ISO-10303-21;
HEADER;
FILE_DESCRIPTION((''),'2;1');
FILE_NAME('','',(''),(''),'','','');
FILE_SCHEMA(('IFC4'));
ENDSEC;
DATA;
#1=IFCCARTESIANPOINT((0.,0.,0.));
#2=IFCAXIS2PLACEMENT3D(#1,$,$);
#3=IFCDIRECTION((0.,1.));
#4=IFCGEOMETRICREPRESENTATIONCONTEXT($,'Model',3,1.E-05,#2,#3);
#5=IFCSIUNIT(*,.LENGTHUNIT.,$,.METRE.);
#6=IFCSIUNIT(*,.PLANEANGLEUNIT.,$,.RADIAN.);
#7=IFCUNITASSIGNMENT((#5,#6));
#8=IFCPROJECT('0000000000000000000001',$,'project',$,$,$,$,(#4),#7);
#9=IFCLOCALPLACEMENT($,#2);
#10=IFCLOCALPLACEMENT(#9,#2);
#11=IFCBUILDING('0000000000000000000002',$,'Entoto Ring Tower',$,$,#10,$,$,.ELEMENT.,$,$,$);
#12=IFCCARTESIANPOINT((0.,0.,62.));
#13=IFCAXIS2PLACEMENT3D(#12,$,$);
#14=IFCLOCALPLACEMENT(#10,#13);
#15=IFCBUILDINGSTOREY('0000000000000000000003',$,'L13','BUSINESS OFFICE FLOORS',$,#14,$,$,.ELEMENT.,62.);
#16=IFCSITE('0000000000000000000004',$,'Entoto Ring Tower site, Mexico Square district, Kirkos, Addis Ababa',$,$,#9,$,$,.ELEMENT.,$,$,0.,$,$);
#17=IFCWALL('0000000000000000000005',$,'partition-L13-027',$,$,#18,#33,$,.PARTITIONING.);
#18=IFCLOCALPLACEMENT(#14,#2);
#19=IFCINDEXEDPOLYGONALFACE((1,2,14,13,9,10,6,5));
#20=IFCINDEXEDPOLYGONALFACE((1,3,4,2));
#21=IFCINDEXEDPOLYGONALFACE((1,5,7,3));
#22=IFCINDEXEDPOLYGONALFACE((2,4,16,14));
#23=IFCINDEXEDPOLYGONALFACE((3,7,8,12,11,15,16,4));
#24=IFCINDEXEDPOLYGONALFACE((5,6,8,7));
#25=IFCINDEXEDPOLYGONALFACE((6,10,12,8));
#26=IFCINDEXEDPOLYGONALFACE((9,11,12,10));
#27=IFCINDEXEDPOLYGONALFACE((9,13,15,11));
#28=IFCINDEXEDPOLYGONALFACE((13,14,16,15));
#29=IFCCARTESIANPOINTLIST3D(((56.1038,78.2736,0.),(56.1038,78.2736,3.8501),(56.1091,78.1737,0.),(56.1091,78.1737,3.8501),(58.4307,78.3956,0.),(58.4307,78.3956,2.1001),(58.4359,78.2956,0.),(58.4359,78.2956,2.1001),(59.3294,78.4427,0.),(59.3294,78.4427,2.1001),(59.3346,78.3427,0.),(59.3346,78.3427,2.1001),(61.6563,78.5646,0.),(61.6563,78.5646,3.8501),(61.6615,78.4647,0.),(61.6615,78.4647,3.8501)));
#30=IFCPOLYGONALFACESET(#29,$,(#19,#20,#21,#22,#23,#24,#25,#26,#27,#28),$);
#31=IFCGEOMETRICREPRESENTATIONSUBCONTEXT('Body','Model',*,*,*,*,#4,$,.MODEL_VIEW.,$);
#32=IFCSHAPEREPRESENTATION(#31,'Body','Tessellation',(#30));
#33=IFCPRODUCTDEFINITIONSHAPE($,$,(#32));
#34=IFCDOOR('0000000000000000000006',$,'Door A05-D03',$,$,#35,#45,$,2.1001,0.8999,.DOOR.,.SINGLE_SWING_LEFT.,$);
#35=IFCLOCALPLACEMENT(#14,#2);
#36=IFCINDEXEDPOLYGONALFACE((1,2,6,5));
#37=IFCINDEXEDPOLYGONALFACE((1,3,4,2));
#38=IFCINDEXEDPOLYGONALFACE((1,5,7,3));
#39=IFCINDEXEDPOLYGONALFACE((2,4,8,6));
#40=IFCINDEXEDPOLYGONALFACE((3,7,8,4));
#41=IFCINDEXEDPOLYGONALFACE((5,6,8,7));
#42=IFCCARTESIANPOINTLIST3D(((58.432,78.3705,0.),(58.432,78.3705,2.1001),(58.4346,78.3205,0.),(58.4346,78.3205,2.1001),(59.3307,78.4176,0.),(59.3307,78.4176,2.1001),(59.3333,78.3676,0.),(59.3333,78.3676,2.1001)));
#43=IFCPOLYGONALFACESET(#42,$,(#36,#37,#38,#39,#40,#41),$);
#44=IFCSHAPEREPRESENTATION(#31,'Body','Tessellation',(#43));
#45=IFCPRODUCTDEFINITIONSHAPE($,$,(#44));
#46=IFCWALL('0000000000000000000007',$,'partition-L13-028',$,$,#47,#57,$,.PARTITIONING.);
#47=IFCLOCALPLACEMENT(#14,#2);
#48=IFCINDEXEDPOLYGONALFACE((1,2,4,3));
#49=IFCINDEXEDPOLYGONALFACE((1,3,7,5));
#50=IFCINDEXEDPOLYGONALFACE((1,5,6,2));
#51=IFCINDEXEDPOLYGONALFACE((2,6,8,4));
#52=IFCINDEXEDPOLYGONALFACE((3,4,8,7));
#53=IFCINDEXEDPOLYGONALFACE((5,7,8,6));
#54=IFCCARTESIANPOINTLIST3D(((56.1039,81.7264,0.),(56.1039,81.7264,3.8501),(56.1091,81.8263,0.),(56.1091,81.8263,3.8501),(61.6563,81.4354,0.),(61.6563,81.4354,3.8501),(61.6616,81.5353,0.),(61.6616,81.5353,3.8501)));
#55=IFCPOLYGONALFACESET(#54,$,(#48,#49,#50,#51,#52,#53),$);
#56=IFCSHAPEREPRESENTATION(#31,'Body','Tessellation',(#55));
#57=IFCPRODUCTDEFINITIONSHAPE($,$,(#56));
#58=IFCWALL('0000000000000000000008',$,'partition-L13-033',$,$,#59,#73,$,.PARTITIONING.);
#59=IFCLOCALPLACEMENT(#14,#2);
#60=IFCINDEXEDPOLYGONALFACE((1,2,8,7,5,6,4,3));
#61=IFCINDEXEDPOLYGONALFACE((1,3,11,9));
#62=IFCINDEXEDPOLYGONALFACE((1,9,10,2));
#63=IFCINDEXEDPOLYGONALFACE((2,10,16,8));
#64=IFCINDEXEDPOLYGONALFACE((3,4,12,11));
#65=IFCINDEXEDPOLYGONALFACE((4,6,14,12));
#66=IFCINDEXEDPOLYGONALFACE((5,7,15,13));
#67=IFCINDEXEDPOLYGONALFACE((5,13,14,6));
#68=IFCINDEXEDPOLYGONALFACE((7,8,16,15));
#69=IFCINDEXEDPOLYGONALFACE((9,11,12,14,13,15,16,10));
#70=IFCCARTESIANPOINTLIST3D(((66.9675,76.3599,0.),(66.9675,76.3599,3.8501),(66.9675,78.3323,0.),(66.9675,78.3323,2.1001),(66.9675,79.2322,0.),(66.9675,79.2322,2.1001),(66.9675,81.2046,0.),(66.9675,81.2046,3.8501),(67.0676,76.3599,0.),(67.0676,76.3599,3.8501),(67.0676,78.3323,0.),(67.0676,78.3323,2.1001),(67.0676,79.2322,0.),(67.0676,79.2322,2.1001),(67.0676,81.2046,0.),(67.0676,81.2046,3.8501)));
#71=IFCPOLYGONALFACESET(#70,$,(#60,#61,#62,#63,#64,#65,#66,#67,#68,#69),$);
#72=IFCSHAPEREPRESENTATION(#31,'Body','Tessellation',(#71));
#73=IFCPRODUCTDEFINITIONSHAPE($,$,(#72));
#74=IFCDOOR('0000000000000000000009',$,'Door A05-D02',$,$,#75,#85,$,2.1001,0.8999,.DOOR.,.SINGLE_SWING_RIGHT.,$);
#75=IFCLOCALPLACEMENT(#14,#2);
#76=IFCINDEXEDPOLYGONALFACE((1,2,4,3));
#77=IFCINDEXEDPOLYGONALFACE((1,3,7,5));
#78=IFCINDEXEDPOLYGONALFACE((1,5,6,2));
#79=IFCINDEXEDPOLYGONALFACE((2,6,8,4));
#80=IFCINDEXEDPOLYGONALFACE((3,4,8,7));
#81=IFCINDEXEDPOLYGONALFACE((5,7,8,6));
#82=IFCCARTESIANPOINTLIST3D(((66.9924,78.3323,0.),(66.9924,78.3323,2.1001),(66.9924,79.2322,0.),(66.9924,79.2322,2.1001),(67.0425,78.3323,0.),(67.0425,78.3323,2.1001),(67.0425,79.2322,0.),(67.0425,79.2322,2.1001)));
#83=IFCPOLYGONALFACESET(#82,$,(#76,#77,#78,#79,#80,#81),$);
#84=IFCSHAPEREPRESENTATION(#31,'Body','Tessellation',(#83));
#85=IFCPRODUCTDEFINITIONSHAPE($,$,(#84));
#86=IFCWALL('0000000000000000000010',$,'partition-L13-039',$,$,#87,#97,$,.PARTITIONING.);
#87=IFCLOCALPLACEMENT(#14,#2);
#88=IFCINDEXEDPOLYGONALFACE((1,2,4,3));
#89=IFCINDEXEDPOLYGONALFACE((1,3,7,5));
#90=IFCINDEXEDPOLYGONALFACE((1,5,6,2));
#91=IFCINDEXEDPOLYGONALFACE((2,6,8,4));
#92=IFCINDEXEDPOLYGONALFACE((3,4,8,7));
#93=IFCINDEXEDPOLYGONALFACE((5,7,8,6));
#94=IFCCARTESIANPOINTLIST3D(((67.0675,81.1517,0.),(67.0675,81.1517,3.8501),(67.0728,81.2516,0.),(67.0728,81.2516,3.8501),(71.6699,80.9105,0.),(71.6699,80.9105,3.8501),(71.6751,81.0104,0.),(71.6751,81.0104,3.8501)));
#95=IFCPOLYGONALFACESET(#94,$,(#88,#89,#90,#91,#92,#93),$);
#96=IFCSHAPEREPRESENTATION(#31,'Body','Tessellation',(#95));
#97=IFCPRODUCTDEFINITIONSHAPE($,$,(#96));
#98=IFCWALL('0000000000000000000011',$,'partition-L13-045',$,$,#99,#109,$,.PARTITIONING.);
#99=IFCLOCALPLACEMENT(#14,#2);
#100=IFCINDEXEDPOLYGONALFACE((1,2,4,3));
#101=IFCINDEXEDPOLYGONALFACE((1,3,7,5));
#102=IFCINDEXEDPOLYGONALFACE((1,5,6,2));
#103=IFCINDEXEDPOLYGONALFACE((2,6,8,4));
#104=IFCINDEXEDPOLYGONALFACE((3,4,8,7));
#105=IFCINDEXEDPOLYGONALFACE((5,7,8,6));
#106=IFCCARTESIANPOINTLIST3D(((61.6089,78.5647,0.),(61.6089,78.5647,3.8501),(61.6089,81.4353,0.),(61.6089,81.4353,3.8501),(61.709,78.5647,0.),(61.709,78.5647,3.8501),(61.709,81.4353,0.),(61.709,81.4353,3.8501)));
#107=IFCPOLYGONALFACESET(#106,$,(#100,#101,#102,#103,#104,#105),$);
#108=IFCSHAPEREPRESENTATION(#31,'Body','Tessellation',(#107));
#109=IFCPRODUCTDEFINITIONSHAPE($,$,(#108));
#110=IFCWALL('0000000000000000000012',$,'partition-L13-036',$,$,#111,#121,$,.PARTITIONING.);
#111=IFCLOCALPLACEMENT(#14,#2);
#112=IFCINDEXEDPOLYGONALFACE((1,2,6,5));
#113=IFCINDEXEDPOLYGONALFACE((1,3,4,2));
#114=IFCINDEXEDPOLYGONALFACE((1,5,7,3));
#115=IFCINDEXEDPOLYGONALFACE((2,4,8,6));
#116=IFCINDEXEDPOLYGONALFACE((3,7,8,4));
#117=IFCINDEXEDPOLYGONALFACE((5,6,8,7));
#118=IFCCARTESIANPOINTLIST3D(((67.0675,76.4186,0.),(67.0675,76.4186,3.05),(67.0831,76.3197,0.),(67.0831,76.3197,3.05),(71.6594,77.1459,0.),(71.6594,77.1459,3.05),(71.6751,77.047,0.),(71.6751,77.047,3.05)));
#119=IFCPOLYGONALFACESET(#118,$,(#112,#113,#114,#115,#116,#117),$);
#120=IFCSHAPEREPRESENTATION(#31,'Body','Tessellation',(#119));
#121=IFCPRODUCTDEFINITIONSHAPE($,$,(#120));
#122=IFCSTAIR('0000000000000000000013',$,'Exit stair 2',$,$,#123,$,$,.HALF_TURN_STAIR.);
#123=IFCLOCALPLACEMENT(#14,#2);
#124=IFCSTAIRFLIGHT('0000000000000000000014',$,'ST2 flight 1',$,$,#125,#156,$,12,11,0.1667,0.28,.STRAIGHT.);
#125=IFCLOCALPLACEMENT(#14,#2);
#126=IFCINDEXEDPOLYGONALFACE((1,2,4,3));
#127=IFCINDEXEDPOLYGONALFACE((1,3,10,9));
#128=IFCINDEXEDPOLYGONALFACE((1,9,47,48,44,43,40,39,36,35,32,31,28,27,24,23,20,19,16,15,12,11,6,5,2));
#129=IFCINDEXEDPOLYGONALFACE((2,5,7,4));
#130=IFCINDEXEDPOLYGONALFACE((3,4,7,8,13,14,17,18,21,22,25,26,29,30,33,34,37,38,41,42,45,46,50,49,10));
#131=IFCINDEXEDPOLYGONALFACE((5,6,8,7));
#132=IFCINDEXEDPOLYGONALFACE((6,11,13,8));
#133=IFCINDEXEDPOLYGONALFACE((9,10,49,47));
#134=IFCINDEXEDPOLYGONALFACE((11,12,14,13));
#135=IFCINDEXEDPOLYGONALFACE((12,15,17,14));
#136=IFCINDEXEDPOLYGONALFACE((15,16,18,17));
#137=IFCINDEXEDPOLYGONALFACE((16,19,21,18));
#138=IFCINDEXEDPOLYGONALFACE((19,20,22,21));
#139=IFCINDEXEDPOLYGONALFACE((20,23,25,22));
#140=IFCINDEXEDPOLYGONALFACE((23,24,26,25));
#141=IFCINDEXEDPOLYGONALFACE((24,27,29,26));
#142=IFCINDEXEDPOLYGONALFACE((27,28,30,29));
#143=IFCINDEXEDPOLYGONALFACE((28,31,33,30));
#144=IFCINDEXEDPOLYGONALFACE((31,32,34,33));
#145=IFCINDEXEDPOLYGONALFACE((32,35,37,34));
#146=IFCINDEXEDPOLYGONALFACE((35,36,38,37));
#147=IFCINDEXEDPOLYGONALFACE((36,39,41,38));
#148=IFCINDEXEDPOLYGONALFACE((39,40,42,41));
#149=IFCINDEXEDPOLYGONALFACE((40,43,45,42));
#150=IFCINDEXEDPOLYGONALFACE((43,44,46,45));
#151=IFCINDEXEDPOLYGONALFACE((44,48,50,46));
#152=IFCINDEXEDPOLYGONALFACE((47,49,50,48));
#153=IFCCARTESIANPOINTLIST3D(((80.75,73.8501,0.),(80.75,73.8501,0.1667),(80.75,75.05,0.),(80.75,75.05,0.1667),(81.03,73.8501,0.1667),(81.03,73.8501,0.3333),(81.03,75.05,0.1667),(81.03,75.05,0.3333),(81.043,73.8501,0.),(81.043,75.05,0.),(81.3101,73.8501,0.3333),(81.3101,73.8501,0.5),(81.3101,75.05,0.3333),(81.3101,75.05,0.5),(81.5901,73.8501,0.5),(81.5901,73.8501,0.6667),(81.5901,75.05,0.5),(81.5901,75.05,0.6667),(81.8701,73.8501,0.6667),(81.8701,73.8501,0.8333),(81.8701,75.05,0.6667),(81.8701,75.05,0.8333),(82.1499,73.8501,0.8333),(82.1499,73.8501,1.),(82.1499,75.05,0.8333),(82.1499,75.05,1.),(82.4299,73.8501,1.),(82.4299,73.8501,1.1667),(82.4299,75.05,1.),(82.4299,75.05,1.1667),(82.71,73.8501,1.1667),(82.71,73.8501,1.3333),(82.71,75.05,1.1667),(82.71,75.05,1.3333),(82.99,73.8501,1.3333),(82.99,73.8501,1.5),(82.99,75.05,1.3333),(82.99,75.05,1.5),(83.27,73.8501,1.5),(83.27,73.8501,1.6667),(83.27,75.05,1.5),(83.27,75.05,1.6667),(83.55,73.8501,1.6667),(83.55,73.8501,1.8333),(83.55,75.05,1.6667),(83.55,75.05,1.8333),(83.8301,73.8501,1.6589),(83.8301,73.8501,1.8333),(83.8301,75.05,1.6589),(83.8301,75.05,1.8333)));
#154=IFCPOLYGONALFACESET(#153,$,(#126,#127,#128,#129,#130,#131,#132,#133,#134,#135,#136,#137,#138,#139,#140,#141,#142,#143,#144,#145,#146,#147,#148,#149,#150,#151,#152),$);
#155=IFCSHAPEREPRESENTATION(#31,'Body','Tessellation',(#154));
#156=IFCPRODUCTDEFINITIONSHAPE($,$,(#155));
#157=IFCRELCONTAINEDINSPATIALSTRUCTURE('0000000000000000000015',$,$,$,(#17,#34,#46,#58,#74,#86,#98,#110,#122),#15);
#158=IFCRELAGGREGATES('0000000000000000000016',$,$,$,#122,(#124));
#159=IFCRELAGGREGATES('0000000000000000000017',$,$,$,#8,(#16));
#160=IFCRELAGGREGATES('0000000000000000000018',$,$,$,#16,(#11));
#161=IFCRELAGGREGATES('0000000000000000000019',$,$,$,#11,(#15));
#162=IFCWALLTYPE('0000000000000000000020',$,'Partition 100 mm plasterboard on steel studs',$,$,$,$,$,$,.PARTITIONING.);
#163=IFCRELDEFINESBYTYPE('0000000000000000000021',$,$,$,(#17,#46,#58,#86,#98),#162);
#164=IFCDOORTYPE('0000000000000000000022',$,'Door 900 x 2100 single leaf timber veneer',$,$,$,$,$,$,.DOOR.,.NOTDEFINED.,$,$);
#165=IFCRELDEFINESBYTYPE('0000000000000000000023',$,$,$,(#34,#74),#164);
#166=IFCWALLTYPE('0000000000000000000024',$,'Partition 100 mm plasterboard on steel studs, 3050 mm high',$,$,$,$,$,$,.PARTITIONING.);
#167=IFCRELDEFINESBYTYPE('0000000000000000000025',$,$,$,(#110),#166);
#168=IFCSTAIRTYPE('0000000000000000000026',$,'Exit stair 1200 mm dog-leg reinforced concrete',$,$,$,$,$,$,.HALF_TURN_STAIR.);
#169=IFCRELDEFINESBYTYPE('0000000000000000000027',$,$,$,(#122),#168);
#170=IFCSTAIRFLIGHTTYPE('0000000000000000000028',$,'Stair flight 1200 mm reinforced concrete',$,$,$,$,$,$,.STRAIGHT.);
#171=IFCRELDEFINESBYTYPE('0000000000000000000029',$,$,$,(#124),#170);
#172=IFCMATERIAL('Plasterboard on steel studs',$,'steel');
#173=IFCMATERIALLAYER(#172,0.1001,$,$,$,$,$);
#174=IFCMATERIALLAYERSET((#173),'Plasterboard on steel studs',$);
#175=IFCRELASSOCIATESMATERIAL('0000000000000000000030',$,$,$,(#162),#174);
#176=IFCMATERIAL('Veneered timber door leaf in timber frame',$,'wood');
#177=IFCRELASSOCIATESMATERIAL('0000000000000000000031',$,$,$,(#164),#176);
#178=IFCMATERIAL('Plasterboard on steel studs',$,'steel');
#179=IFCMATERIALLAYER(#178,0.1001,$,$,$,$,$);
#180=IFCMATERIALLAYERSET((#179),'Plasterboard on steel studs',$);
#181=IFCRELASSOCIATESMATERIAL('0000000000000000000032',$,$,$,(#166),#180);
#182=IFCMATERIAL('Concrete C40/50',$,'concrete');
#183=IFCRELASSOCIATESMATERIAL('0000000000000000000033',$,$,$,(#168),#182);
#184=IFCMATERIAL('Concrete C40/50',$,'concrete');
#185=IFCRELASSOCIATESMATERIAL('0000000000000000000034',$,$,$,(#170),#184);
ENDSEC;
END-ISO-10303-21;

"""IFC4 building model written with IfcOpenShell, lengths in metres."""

from ifc_helpers import new_model, si_unit, direction, frame, frame_2d, origin, place, context, subcontext, project, spatial, polyline, rectangle, outline, extrude, material, layer, layer_set, type_object, element, fill, aggregate, save


model = new_model("IFC4")

# Units and contexts
model_context = context("Model", 3, precision=1e-05, world=origin(), true_north=direction((0.0, 1.0)))
body_context = subcontext(model_context, "Body", "Model", "MODEL_VIEW")
ifc_project = project(units=[si_unit("LENGTHUNIT", "METRE"), si_unit("PLANEANGLEUNIT", "RADIAN")], contexts=[model_context])

# Site, building, storey
site_placement = place(None, origin())
site = spatial("IfcSite", under=ifc_project, at=site_placement, Name="Entoto Ring Tower site, Mexico Square district, Kirkos, Addis Ababa", CompositionType="ELEMENT", RefElevation=0.0)
building_placement = place(site_placement, origin())
building = spatial("IfcBuilding", under=site, at=building_placement, Name="Entoto Ring Tower", CompositionType="ELEMENT")
storey_placement = place(building_placement, frame((0.0, 0.0, 62.0)))
storey = spatial("IfcBuildingStorey", under=building, at=storey_placement, Name="L13", Description="BUSINESS OFFICE FLOORS", CompositionType="ELEMENT", Elevation=62.0)

# Wall, opening, door
ifc_material_1 = material(Name="Plasterboard on steel studs", Category="steel")
ifc_layer_1 = layer(ifc_material_1, 0.1001)
ifc_layer_set_1 = layer_set([ifc_layer_1], Name="Plasterboard on steel studs")
wall_type_1 = type_object("IfcWallType", Name="Partition 100 mm plasterboard on steel studs", PredefinedType="PARTITIONING", material=ifc_layer_set_1)
wall_1_placement = place(storey_placement, frame((56.1064, 78.2236, 0.0), z_axis=(0.0, 0.0, 1.0), x_axis=(0.998629, 0.05234, 0.0)))
wall_1 = element("IfcWall", 1, at=wall_1_placement, inside=storey, type_object=wall_type_1, Name="partition-L13-027", PredefinedType="PARTITIONING", context=body_context, shape_type="SweptSolid", body=[
    extrude(rectangle(XDim=5.5601, YDim=0.1001, at=frame_2d((2.78, 0.0))), origin(), (0.0, 0.0, 1.0), 3.8501),
])
opening_1_placement = place(wall_1_placement, frame((2.3301, 0.0, 0.0)))
opening_1 = element("IfcOpeningElement", 2, at=opening_1_placement, cuts=wall_1, PredefinedType="OPENING", context=body_context, shape_type="SweptSolid", body=[
    extrude(rectangle(XDim=0.8999, YDim=2.1001, at=frame_2d((0.45, 1.05))), frame((0.0, 0.0601, 0.0), z_axis=(0.0, -1.0, 0.0), x_axis=(1.0, 0.0, 0.0)), (0.0, 0.0, 1.0), 0.1201),
])
ifc_material_2 = material(Name="Veneered timber door leaf in timber frame", Category="wood")
door_type_1 = type_object("IfcDoorType", Name="Door 900 x 2100 single leaf timber veneer", OperationType="NOTDEFINED", PredefinedType="DOOR", material=ifc_material_2)
door_1_placement = place(opening_1_placement, origin())
door_1 = element("IfcDoor", 3, at=door_1_placement, inside=storey, type_object=door_type_1, Name="Door A05-D03", OperationType="SINGLE_SWING_LEFT", OverallHeight=2.1001, OverallWidth=0.8999, PredefinedType="DOOR", context=body_context, shape_type="SweptSolid", body=[
    extrude(rectangle(XDim=0.8999, YDim=2.1001, at=frame_2d((0.45, 1.05))), frame((0.0, 0.0249, 0.0), z_axis=(0.0, -1.0, 0.0), x_axis=(1.0, 0.0, 0.0)), (0.0, 0.0, 1.0), 0.05),
])
fill(opening_1, door_1)

# Wall
wall_2_placement = place(storey_placement, frame((61.6589, 81.4854, 0.0), z_axis=(0.0, 0.0, 1.0), x_axis=(-0.998629, 0.05234, 0.0)))
element("IfcWall", 4, at=wall_2_placement, inside=storey, type_object=wall_type_1, Name="partition-L13-028", PredefinedType="PARTITIONING", context=body_context, shape_type="SweptSolid", body=[
    extrude(rectangle(XDim=5.5601, YDim=0.1001, at=frame_2d((2.78, 0.0))), origin(), (0.0, 0.0, 1.0), 3.8501),
])

# Wall, opening, door
wall_3_placement = place(storey_placement, frame((67.0176, 76.3599, 0.0), z_axis=(0.0, 0.0, 1.0), x_axis=(0.0, 1.0, 0.0)))
wall_3 = element("IfcWall", 5, at=wall_3_placement, inside=storey, type_object=wall_type_1, Name="partition-L13-033", PredefinedType="PARTITIONING", context=body_context, shape_type="SweptSolid", body=[
    extrude(rectangle(XDim=4.8447, YDim=0.1001, at=frame_2d((2.4224, 0.0))), origin(), (0.0, 0.0, 1.0), 3.8501),
])
opening_2_placement = place(wall_3_placement, frame((1.9724, 0.0, 0.0)))
opening_2 = element("IfcOpeningElement", 6, at=opening_2_placement, cuts=wall_3, PredefinedType="OPENING", context=body_context, shape_type="SweptSolid", body=[
    extrude(rectangle(XDim=0.8999, YDim=2.1001, at=frame_2d((0.45, 1.05))), frame((0.0, 0.0601, 0.0), z_axis=(0.0, -1.0, 0.0), x_axis=(1.0, 0.0, 0.0)), (0.0, 0.0, 1.0), 0.1201),
])
door_2_placement = place(opening_2_placement, frame((0.8999, 0.0, 0.0), z_axis=(0.0, 0.0, 1.0), x_axis=(-1.0, 0.0, 0.0)))
door_2 = element("IfcDoor", 7, at=door_2_placement, inside=storey, type_object=door_type_1, Name="Door A05-D02", OperationType="SINGLE_SWING_RIGHT", OverallHeight=2.1001, OverallWidth=0.8999, PredefinedType="DOOR", context=body_context, shape_type="SweptSolid", body=[
    extrude(rectangle(XDim=0.8999, YDim=2.1001, at=frame_2d((0.45, 1.05))), frame((0.0, 0.0249, 0.0), z_axis=(0.0, -1.0, 0.0), x_axis=(1.0, 0.0, 0.0)), (0.0, 0.0, 1.0), 0.05),
])
fill(opening_2, door_2)

# Walls
wall_4_placement = place(storey_placement, frame((71.6724, 80.9604, 0.0), z_axis=(0.0, 0.0, 1.0), x_axis=(-0.998629, 0.052339, 0.0)))
element("IfcWall", 8, at=wall_4_placement, inside=storey, type_object=wall_type_1, Name="partition-L13-039", PredefinedType="PARTITIONING", context=body_context, shape_type="SweptSolid", body=[
    extrude(rectangle(XDim=4.6086, YDim=0.1001, at=frame_2d((2.3042, 0.0))), origin(), (0.0, 0.0, 1.0), 3.8501),
])
wall_5_placement = place(storey_placement, frame((61.6589, 78.5647, 0.0), z_axis=(0.0, 0.0, 1.0), x_axis=(0.0, 1.0, 0.0)))
element("IfcWall", 9, at=wall_5_placement, inside=storey, type_object=wall_type_1, Name="partition-L13-045", PredefinedType="PARTITIONING", context=body_context, shape_type="SweptSolid", body=[
    extrude(rectangle(XDim=2.8706, YDim=0.1001, at=frame_2d((1.4353, 0.0))), origin(), (0.0, 0.0, 1.0), 3.8501),
])
ifc_material_3 = material(Name="Plasterboard on steel studs", Category="steel")
ifc_layer_2 = layer(ifc_material_3, 0.1001)
ifc_layer_set_2 = layer_set([ifc_layer_2], Name="Plasterboard on steel studs")
wall_type_2 = type_object("IfcWallType", Name="Partition 100 mm plasterboard on steel studs, 3050 mm high", PredefinedType="PARTITIONING", material=ifc_layer_set_2)
wall_6_placement = place(storey_placement, frame((67.0752, 76.3691, 0.0), z_axis=(0.0, 0.0, 1.0), x_axis=(0.987689, 0.156432, 0.0)))
element("IfcWall", 10, at=wall_6_placement, inside=storey, type_object=wall_type_2, Name="partition-L13-036", PredefinedType="PARTITIONING", context=body_context, shape_type="SweptSolid", body=[
    extrude(rectangle(XDim=4.6492, YDim=0.1001, at=frame_2d((2.3247, 0.0))), origin(), (0.0, 0.0, 1.0), 3.05),
])

# Stair, stair flight
ifc_material_4 = material(Name="Concrete C40/50", Category="concrete")
stair_type = type_object("IfcStairType", Name="Exit stair 1200 mm dog-leg reinforced concrete", PredefinedType="HALF_TURN_STAIR", material=ifc_material_4)
stair_placement = place(storey_placement, origin())
stair = element("IfcStair", 11, at=stair_placement, inside=storey, type_object=stair_type, Name="Exit stair 2", PredefinedType="HALF_TURN_STAIR")
ifc_material_5 = material(Name="Concrete C40/50", Category="concrete")
stair_flight_type = type_object("IfcStairFlightType", Name="Stair flight 1200 mm reinforced concrete", PredefinedType="STRAIGHT", material=ifc_material_5)
stair_flight_placement = place(storey_placement, frame((80.75, 74.45, 0.0), z_axis=(0.0, 0.0, 1.0), x_axis=(1.0, 0.0, 0.0)))
stair_flight = element("IfcStairFlight", 12, at=stair_flight_placement, type_object=stair_flight_type, Name="ST2 flight 1", NumberOfRisers=12, NumberOfTreads=11, PredefinedType="STRAIGHT", RiserHeight=0.1667, TreadLength=0.28, context=body_context, shape_type="SweptSolid", body=[
    extrude(outline(polyline([(0.0, 0.0), (0.0, 0.1667), (0.28, 0.1667), (0.28, 0.3333), (0.5601, 0.3333), (0.5601, 0.5), (0.8401, 0.5), (0.8401, 0.6667), (1.1201, 0.6667), (1.1201, 0.8333), (1.3999, 0.8333), (1.3999, 1.0), (1.6799, 1.0), (1.6799, 1.1667), (1.96, 1.1667), (1.96, 1.3333), (2.24, 1.3333), (2.24, 1.5), (2.52, 1.5), (2.52, 1.6667), (2.8, 1.6667), (2.8, 1.8333), (3.0801, 1.8333), (3.0801, 2.0), (3.0801, 1.6589), (0.293, 0.0), (0.0, 0.0)])), frame((0.0, 0.6001, 0.0), z_axis=(0.0, -1.0, 0.0), x_axis=(1.0, 0.0, 0.0)), (0.0, 0.0, 1.0), 1.2),
])
aggregate(stair, [stair_flight])

save(model, "model.ifc")
